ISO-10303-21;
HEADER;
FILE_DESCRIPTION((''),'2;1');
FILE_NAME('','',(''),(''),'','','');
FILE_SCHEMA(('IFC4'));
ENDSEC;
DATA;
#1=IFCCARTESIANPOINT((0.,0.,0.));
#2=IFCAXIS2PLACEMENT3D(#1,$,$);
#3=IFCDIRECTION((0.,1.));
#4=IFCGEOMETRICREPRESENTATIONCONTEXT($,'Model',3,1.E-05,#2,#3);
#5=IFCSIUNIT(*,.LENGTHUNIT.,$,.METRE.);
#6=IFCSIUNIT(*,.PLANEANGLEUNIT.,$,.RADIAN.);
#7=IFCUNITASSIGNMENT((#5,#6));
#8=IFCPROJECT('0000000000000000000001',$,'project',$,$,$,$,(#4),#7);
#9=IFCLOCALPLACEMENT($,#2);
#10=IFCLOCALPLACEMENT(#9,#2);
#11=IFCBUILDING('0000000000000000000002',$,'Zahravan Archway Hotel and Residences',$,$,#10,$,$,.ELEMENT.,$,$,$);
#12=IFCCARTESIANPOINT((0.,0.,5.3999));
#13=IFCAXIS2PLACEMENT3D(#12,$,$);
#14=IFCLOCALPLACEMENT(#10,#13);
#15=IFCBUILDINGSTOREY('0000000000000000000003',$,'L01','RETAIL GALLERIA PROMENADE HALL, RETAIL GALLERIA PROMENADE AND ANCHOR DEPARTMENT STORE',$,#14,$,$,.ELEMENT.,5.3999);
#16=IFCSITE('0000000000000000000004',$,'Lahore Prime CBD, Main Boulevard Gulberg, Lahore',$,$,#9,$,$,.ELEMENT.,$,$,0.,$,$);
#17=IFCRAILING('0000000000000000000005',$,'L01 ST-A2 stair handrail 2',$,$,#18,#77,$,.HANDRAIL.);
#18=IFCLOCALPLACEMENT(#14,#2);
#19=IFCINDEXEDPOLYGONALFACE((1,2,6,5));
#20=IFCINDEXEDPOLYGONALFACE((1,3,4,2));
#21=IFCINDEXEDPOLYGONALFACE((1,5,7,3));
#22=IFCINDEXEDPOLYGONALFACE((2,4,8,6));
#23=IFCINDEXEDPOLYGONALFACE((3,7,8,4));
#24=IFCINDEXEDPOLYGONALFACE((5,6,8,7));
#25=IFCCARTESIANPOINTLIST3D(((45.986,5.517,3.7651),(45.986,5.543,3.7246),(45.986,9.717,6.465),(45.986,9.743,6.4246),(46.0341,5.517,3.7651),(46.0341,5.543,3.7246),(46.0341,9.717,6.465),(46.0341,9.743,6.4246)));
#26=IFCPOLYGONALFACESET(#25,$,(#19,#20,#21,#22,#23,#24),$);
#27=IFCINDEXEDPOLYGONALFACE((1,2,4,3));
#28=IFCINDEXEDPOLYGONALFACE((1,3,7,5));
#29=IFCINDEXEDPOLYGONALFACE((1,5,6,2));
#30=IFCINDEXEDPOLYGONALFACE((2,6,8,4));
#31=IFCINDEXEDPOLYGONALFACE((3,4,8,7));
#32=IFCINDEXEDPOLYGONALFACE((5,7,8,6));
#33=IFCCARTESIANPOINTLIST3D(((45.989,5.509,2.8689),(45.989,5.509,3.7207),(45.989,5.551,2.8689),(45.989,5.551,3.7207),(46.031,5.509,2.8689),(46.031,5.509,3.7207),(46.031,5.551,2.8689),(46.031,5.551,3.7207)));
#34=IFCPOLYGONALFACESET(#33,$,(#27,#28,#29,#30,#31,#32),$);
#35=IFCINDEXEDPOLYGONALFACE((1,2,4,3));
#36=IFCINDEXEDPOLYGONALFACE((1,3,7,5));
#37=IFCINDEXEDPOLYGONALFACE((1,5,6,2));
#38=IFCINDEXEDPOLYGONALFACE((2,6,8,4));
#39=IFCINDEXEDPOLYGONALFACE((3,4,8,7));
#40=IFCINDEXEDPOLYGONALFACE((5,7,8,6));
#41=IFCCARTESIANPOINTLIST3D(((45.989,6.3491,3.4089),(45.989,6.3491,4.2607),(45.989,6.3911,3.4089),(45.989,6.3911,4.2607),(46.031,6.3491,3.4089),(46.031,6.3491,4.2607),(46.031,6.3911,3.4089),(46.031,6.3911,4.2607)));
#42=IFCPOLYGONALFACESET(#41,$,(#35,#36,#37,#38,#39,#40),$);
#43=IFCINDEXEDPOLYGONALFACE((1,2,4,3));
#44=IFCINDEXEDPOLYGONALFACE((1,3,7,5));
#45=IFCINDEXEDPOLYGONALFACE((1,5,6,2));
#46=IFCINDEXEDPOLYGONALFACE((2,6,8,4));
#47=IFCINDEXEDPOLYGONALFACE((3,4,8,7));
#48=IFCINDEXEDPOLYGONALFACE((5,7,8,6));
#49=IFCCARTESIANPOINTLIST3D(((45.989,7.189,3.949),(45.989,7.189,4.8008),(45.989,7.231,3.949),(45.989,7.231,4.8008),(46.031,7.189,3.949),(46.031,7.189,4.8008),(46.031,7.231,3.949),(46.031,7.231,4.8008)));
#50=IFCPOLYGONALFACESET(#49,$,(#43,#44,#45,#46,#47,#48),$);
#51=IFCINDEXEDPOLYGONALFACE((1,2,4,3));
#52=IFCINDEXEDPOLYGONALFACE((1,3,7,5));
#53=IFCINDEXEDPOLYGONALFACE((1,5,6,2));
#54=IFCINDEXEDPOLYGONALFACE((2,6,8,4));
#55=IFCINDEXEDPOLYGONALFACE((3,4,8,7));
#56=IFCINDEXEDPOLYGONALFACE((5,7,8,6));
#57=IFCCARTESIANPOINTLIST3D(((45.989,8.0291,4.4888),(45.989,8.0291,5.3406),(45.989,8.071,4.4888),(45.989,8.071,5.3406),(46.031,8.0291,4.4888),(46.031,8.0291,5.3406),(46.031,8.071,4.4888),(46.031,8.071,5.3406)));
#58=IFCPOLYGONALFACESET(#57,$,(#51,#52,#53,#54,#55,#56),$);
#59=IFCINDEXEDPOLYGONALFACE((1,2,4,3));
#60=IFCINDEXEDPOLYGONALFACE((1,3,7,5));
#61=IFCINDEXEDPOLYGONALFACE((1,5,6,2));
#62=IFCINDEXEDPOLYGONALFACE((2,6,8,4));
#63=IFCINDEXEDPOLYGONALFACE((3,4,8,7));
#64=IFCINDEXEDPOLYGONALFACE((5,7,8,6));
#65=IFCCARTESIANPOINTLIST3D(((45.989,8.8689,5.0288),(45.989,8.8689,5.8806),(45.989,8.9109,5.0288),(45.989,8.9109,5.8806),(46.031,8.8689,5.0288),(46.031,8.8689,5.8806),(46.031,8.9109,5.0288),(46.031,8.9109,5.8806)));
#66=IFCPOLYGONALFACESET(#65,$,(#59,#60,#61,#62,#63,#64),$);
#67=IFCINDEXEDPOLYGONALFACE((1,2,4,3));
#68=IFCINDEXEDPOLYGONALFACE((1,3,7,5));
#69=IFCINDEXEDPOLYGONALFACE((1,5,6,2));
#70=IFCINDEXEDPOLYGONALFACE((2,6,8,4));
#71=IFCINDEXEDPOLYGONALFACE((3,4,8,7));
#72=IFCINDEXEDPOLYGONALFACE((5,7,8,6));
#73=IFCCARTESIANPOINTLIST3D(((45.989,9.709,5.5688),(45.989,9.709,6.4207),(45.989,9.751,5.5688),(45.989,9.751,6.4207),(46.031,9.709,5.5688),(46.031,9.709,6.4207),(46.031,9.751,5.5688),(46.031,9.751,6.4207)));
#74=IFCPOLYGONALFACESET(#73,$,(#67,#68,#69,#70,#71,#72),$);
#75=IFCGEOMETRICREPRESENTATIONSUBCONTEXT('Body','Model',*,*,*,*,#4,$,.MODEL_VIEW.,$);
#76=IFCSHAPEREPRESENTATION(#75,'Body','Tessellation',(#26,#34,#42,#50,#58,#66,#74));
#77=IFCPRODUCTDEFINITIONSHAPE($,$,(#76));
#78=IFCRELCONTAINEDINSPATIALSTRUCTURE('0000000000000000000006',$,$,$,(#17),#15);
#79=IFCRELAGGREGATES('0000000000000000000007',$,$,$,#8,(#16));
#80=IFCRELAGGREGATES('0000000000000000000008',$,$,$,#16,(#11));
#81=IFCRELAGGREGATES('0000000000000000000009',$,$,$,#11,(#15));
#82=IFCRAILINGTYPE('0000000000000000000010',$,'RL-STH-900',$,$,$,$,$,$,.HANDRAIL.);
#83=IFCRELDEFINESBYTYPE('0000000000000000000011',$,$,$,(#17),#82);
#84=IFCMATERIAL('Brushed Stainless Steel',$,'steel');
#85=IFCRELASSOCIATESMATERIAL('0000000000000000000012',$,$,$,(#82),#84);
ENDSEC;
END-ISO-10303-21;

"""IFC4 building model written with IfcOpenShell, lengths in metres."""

from ifc_helpers import new_model, si_unit, direction, frame, origin, origin_2d, place, context, subcontext, project, spatial, rectangle, extrude, material, type_object, element, save


model = new_model("IFC4")

# Units and contexts
model_context = context("Model", 3, precision=1e-05, world=origin(), true_north=direction((0.0, 1.0)))
body_context = subcontext(model_context, "Body", "Model", "MODEL_VIEW")
ifc_project = project(units=[si_unit("LENGTHUNIT", "METRE"), si_unit("PLANEANGLEUNIT", "RADIAN")], contexts=[model_context])

# Site, building, storey
site_placement = place(None, origin())
site = spatial("IfcSite", under=ifc_project, at=site_placement, Name="Lahore Prime CBD, Main Boulevard Gulberg, Lahore", CompositionType="ELEMENT", RefElevation=0.0)
building_placement = place(site_placement, origin())
building = spatial("IfcBuilding", under=site, at=building_placement, Name="Zahravan Archway Hotel and Residences", CompositionType="ELEMENT")
storey_placement = place(building_placement, frame((0.0, 0.0, 5.3999)))
storey = spatial("IfcBuildingStorey", under=building, at=storey_placement, Name="L01", Description="RETAIL GALLERIA PROMENADE HALL, RETAIL GALLERIA PROMENADE AND ANCHOR DEPARTMENT STORE", CompositionType="ELEMENT", Elevation=5.3999)

# Railing
ifc_material_1 = material(Name="Brushed Stainless Steel", Category="steel")
railing_type_1 = type_object("IfcRailingType", Name="RL-STH-900", PredefinedType="HANDRAIL", material=ifc_material_1)
for number, where, name in (
    (1, (46.01, 5.53, 2.8689), "L01 ST-A2 stair handrail 2"),
):
    element("IfcRailing", number, at=place(storey_placement, frame(where)), inside=storey, type_object=railing_type_1, Name=name, PredefinedType="HANDRAIL", context=body_context, shape_type="SweptSolid", body=[
        extrude(rectangle(XDim=0.0481, YDim=0.0481, at=origin_2d()), frame((0.0, 0.0, 0.876), z_axis=(0.0, 0.84118, 0.540755), x_axis=(-1.0, 0.0, 0.0)), (0.0, 0.0, 1.0), 4.9929),
        extrude(rectangle(XDim=0.042, YDim=0.042, at=origin_2d()), origin(), (0.0, 0.0, 1.0), 0.8518),
        extrude(rectangle(XDim=0.042, YDim=0.042, at=origin_2d()), frame((0.0, 0.8401, 0.54)), (0.0, 0.0, 1.0), 0.8518),
        extrude(rectangle(XDim=0.042, YDim=0.042, at=origin_2d()), frame((0.0, 1.6799, 1.0801)), (0.0, 0.0, 1.0), 0.8518),
        extrude(rectangle(XDim=0.042, YDim=0.042, at=origin_2d()), frame((0.0, 2.52, 1.6199)), (0.0, 0.0, 1.0), 0.8518),
        extrude(rectangle(XDim=0.042, YDim=0.042, at=origin_2d()), frame((0.0, 3.3599, 2.1599)), (0.0, 0.0, 1.0), 0.8518),
        extrude(rectangle(XDim=0.042, YDim=0.042, at=origin_2d()), frame((0.0, 4.2, 2.7)), (0.0, 0.0, 1.0), 0.8518),
    ])

save(model, "model.ifc")
